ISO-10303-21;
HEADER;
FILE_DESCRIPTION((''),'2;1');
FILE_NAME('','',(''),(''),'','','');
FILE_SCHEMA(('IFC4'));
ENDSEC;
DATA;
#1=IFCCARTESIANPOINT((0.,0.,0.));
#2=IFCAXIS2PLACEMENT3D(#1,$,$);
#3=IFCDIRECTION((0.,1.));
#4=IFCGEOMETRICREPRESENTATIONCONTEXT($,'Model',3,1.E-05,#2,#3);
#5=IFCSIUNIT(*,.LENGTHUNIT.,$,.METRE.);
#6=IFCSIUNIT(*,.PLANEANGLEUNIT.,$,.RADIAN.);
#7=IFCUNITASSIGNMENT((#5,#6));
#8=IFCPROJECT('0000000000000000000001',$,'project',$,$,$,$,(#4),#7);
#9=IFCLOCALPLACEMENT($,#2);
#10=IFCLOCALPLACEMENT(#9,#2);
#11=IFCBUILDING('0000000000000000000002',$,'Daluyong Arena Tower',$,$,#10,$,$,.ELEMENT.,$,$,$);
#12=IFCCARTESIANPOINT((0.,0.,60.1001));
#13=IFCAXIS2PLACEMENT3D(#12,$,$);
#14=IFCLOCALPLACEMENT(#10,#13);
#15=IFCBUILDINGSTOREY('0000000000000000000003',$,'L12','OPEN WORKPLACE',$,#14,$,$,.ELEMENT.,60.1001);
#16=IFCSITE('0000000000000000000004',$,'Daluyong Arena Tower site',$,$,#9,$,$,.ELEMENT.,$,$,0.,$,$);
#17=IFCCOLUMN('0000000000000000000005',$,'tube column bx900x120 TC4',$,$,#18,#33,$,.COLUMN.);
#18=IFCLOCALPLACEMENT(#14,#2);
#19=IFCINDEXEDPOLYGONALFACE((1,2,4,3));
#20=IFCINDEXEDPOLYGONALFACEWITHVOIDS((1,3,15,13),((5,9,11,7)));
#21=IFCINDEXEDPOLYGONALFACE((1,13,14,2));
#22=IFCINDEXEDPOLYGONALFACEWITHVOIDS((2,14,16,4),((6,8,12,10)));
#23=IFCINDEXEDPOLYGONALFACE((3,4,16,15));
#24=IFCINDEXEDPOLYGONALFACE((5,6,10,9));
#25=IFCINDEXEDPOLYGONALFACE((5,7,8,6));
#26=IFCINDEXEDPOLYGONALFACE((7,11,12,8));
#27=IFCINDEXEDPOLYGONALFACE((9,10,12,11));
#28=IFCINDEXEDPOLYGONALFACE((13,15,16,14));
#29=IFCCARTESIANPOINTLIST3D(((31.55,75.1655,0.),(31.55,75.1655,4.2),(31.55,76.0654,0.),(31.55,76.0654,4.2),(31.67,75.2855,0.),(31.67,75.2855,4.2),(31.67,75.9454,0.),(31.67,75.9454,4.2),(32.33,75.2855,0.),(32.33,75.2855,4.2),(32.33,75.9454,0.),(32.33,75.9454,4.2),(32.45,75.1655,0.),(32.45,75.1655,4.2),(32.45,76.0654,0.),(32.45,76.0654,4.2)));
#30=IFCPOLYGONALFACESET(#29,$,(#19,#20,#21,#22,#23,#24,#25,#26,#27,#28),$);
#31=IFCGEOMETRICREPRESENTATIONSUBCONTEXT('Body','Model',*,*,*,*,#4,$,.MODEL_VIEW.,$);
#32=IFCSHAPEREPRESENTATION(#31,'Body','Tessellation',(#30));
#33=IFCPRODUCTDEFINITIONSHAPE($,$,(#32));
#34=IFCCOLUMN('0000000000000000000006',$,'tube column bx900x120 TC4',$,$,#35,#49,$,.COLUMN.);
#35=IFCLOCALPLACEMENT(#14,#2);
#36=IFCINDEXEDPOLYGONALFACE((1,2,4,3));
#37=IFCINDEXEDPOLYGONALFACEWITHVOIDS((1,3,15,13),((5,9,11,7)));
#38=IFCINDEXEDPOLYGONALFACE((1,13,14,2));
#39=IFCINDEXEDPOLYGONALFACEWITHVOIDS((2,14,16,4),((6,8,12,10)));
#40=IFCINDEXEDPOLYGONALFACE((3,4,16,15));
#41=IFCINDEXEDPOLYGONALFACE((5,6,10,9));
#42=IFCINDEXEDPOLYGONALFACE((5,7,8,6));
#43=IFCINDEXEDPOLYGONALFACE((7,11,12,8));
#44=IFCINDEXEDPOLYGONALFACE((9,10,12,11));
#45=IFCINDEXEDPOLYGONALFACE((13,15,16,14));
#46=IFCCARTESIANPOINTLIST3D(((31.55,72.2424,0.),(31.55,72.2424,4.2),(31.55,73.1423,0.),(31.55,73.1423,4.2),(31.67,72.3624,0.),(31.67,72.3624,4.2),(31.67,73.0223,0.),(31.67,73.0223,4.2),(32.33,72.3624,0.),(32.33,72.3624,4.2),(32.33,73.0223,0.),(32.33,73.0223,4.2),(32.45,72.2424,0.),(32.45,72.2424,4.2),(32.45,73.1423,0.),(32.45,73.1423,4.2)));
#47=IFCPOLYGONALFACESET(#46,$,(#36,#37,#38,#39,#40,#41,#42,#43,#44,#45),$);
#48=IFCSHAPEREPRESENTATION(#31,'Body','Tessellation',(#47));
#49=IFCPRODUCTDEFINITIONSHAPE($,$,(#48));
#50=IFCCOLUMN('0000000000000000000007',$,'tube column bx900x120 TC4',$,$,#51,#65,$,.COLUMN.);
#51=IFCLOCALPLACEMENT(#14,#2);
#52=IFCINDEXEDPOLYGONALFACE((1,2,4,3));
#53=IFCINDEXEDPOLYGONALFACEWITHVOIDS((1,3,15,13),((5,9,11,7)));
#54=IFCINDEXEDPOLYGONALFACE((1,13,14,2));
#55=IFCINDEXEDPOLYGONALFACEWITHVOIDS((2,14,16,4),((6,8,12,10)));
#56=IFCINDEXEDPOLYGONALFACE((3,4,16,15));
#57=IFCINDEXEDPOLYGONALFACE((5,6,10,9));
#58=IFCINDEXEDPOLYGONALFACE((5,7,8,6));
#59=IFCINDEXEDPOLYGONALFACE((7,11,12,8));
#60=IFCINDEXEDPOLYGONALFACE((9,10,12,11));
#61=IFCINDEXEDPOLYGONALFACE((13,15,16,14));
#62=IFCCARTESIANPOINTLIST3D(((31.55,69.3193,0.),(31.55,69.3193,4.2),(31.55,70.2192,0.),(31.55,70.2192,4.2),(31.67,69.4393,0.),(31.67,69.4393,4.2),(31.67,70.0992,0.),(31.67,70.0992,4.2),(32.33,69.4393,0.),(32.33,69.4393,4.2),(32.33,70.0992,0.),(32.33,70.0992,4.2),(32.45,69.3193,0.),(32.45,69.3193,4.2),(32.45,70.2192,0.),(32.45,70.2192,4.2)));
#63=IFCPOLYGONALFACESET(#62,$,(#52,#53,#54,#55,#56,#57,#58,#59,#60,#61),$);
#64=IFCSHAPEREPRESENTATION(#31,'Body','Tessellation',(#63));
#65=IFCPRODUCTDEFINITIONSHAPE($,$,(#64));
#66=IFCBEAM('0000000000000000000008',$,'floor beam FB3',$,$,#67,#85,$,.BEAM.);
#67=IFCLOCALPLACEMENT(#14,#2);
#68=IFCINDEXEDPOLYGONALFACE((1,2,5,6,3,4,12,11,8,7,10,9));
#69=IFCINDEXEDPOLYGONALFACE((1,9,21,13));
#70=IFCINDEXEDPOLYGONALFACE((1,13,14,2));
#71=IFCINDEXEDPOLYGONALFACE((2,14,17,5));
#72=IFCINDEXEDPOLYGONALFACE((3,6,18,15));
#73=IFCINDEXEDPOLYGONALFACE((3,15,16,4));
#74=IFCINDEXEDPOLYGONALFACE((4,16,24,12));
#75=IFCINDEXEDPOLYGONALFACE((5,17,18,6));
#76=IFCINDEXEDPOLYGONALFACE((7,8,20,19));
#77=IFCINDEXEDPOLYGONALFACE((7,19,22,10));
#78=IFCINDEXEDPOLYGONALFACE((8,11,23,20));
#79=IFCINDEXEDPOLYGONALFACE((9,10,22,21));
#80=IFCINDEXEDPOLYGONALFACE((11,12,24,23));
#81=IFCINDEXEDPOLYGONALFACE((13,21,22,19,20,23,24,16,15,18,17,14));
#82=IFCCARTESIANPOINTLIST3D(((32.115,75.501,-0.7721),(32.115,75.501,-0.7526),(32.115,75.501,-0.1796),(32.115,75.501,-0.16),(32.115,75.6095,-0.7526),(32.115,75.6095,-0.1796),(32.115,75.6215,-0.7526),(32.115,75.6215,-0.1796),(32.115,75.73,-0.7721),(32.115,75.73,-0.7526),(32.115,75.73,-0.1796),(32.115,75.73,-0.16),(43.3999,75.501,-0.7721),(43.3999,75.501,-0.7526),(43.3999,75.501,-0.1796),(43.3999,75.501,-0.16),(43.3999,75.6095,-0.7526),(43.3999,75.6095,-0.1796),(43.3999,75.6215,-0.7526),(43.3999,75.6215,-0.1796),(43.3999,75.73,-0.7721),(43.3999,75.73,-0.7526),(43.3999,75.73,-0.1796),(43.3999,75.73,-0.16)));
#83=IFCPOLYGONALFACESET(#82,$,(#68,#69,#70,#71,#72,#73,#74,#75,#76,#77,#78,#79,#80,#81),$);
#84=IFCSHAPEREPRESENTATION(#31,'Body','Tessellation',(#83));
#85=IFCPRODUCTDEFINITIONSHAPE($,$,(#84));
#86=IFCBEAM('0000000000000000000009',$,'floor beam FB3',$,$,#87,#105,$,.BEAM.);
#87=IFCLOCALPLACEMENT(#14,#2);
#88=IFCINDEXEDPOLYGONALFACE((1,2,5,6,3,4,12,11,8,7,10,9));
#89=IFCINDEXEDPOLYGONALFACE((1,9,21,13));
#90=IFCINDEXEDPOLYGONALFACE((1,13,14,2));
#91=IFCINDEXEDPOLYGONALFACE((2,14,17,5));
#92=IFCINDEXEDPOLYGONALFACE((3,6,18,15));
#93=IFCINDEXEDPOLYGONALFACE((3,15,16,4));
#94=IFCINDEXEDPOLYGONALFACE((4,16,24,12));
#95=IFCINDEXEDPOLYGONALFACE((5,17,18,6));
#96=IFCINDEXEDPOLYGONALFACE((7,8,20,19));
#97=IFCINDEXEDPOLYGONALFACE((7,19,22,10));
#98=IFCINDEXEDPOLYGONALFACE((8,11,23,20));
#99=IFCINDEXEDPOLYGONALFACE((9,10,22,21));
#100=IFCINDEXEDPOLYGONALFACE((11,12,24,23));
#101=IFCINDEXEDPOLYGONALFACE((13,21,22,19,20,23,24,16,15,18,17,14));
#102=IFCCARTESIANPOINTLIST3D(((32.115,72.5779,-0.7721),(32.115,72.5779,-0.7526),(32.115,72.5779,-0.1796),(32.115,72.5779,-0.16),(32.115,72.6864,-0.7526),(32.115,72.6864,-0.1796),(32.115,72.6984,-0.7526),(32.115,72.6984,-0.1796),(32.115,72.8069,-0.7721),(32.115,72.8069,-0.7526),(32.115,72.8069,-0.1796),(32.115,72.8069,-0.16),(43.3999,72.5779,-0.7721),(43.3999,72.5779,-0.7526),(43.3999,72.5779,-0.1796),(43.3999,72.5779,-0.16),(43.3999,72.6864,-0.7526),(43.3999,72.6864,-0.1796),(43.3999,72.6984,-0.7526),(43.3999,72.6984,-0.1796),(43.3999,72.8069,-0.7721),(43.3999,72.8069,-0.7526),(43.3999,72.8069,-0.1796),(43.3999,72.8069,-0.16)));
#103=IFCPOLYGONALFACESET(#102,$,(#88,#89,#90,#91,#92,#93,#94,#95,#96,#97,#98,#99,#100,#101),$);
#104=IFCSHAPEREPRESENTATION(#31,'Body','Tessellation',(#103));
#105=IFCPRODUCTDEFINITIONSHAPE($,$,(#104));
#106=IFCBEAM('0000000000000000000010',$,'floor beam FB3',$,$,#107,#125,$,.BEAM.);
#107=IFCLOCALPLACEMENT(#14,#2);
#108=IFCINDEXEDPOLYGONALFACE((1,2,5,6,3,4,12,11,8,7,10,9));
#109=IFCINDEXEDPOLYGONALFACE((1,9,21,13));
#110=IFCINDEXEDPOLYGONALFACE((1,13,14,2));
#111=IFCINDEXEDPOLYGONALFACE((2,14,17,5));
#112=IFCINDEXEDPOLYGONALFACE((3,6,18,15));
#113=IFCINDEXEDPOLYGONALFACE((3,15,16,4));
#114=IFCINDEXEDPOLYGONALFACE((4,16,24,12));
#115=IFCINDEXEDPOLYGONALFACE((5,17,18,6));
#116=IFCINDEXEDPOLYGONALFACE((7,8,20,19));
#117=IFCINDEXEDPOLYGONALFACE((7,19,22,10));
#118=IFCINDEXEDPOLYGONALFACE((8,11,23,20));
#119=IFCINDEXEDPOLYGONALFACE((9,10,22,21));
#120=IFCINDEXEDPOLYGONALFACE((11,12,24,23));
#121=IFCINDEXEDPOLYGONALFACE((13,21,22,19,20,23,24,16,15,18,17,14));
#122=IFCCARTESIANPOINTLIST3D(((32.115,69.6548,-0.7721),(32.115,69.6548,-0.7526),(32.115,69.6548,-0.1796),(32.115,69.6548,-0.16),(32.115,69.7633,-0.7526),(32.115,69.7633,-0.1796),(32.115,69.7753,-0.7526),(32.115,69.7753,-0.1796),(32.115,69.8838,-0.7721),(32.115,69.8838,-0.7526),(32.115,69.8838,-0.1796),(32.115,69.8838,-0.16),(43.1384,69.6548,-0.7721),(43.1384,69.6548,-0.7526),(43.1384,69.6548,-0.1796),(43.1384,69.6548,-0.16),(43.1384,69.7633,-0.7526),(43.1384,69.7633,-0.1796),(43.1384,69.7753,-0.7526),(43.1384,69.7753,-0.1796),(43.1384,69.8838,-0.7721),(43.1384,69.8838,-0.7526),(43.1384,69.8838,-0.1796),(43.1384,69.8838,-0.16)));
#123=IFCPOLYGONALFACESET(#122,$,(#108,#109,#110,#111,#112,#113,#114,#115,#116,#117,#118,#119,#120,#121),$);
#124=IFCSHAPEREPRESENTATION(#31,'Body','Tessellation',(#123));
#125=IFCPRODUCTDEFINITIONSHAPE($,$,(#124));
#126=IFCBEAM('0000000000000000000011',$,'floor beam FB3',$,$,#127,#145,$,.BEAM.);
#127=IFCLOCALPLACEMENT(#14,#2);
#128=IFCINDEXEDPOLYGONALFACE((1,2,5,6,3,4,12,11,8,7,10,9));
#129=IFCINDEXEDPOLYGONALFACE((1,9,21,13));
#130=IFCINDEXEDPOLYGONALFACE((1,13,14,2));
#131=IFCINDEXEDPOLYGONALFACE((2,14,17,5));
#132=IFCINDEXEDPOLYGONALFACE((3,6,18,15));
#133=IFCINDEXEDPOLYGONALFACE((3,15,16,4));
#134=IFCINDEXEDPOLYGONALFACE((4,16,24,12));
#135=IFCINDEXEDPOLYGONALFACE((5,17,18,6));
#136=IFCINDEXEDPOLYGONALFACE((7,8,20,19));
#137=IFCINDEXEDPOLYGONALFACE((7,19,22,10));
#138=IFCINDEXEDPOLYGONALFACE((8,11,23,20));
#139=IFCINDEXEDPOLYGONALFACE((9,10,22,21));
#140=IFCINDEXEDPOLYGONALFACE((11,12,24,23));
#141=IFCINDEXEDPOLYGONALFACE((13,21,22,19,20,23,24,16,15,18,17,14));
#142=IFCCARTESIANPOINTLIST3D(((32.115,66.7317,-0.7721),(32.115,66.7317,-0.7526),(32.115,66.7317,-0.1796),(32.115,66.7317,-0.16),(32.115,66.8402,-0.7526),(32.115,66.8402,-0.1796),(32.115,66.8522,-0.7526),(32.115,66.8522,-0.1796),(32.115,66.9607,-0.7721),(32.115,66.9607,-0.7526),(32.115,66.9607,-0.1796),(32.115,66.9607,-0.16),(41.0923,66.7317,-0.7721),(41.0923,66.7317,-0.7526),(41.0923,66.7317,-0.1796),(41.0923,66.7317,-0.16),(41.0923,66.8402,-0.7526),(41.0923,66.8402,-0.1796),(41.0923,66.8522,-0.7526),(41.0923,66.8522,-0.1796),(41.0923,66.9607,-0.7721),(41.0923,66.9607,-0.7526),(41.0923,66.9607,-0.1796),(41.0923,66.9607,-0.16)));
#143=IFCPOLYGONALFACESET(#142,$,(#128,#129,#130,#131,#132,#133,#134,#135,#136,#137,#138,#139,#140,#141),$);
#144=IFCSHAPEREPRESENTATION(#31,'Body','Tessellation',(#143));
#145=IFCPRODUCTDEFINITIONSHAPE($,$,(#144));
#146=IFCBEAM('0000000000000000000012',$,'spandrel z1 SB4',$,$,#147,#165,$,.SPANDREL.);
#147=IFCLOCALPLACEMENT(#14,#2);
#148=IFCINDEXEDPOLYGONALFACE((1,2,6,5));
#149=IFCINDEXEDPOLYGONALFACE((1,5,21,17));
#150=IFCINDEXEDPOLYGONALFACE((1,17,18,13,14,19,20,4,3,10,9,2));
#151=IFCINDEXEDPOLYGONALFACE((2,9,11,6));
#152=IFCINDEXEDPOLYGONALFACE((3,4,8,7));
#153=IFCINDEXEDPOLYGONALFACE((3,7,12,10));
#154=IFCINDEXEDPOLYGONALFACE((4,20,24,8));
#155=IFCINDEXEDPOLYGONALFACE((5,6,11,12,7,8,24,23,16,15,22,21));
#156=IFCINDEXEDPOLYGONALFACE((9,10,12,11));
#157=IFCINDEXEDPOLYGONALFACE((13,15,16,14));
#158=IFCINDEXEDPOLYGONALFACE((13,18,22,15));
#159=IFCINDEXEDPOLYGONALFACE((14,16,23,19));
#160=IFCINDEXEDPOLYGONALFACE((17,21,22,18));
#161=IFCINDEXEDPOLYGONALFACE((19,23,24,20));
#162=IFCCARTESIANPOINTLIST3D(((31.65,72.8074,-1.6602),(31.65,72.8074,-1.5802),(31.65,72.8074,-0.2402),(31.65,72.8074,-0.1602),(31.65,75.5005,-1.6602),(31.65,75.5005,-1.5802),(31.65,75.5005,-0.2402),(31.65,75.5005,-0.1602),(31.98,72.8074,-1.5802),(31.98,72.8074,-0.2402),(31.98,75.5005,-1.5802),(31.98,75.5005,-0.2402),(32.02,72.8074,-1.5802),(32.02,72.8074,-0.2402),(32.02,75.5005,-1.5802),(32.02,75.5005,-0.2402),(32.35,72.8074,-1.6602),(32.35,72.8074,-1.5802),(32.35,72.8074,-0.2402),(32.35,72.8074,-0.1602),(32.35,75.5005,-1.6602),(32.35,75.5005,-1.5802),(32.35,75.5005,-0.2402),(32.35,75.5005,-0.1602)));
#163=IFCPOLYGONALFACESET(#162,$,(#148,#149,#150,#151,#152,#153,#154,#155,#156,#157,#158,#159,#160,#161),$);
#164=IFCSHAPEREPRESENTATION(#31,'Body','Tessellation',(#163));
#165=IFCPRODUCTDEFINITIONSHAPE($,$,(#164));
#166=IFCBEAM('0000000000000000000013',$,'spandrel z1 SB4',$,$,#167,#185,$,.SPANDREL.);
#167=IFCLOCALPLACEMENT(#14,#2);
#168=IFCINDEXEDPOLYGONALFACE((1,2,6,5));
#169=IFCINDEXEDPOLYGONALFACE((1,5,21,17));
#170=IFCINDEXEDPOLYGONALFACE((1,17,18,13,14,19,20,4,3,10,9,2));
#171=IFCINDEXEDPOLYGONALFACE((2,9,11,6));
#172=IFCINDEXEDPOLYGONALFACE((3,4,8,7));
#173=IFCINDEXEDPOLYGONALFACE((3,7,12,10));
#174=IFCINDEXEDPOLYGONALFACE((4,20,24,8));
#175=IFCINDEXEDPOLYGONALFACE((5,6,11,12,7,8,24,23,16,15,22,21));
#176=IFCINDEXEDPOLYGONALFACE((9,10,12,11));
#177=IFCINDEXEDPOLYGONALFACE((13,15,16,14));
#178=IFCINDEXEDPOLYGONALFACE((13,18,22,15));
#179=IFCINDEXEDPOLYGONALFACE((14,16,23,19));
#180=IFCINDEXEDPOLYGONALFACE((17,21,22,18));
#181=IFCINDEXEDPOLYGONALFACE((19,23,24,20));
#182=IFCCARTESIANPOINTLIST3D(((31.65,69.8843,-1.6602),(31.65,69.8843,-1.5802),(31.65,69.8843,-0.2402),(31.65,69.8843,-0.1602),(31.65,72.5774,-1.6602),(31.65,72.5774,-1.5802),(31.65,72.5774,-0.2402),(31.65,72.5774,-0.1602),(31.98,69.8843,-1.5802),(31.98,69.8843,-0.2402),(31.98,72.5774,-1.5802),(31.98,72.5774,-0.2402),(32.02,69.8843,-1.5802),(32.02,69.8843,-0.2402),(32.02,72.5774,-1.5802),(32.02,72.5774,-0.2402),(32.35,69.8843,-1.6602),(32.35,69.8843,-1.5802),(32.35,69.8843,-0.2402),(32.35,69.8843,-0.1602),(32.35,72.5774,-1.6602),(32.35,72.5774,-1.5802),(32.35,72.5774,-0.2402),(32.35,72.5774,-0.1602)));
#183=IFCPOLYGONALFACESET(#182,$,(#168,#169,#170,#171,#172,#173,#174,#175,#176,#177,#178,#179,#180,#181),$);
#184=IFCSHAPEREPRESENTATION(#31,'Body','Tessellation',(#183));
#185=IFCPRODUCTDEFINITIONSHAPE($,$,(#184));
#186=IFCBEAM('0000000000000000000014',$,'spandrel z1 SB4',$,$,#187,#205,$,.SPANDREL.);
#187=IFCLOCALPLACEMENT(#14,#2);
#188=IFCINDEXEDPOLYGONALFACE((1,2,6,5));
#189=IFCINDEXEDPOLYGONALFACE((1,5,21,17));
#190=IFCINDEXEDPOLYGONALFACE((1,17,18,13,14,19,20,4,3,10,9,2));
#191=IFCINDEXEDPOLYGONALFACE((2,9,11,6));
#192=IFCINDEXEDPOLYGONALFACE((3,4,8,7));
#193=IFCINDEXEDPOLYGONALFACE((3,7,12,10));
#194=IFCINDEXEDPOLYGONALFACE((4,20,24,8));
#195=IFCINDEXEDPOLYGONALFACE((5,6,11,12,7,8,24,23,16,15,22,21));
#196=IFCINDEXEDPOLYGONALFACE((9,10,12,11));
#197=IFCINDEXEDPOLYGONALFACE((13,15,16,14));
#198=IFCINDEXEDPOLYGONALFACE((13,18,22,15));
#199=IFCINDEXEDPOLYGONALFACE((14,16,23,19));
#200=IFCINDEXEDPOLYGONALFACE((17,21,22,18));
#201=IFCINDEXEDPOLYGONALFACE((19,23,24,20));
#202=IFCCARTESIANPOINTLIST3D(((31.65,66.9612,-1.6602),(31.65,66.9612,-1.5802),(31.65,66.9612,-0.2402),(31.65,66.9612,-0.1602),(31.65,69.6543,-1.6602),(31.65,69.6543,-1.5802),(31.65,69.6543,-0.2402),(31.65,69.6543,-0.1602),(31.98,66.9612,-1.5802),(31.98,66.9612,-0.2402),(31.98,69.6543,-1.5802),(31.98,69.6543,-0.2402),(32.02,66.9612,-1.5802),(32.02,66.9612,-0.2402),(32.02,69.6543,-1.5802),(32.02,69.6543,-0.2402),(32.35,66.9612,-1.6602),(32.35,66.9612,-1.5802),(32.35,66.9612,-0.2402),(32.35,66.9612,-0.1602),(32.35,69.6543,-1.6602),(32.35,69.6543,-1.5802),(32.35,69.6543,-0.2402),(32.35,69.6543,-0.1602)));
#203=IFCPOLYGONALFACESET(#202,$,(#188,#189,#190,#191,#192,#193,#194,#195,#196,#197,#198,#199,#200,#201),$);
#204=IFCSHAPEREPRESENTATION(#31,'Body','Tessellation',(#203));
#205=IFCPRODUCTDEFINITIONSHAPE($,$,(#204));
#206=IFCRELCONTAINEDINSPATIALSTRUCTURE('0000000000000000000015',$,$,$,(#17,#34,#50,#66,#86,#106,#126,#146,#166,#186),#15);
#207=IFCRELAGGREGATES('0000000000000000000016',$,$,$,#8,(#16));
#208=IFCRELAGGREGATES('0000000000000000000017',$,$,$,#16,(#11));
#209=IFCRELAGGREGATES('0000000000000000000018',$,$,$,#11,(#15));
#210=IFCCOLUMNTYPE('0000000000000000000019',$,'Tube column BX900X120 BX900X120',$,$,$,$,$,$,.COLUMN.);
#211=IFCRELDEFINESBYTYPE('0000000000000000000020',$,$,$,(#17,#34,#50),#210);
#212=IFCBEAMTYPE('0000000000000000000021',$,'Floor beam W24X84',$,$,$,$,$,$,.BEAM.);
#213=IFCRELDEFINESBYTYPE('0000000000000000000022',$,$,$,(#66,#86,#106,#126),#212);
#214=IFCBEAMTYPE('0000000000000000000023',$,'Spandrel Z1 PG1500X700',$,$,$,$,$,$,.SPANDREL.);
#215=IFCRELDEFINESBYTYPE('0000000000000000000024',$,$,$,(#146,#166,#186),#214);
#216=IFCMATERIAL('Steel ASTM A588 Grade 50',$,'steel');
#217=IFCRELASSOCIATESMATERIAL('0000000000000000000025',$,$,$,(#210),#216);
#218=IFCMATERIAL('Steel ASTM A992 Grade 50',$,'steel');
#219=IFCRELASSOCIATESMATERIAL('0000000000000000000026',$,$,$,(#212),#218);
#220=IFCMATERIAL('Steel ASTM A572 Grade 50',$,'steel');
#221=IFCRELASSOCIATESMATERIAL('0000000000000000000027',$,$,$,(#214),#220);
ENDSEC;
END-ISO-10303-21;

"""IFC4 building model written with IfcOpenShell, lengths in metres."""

from ifc_helpers import new_model, si_unit, direction, frame, origin, origin_2d, place, context, subcontext, project, spatial, hollow_rectangle, i_section, extrude, material, material_profile, profile_set, type_object, element, save


model = new_model("IFC4")

# Units and contexts
model_context = context("Model", 3, precision=1e-05, world=origin(), true_north=direction((0.0, 1.0)))
body_context = subcontext(model_context, "Body", "Model", "MODEL_VIEW")
ifc_project = project(units=[si_unit("LENGTHUNIT", "METRE"), si_unit("PLANEANGLEUNIT", "RADIAN")], contexts=[model_context])

# Site, building, storey
site_placement = place(None, origin())
site = spatial("IfcSite", under=ifc_project, at=site_placement, Name="Daluyong Arena Tower site", CompositionType="ELEMENT", RefElevation=0.0)
building_placement = place(site_placement, origin())
building = spatial("IfcBuilding", under=site, at=building_placement, Name="Daluyong Arena Tower", CompositionType="ELEMENT")
storey_placement = place(building_placement, frame((0.0, 0.0, 60.1001)))
storey = spatial("IfcBuildingStorey", under=building, at=storey_placement, Name="L12", Description="OPEN WORKPLACE", CompositionType="ELEMENT", Elevation=60.1001)

# Columns
ifc_material_1 = material(Name="Steel ASTM A588 Grade 50", Category="steel")
ifc_material_profile_1 = material_profile(ifc_material_1, hollow_rectangle(XDim=0.8999, YDim=0.8999, WallThickness=0.12, at=origin_2d()))
ifc_profile_set_1 = profile_set([ifc_material_profile_1], Name="Steel ASTM A588 Grade 50")
column_type = type_object("IfcColumnType", Name="Tube column BX900X120 BX900X120", PredefinedType="COLUMN", material=ifc_profile_set_1)
for number, where, z_axis, x_axis, name in (
    (1, (32.0, 75.6155, 0.0), (0.0, 0.0, 1.0), (0.0, 1.0, 0.0), "tube column bx900x120 TC4"),
    (2, (32.0, 72.6924, 0.0), (0.0, 0.0, 1.0), (0.0, 1.0, 0.0), "tube column bx900x120 TC4"),
    (3, (32.0, 69.7693, 0.0), (0.0, 0.0, 1.0), (0.0, 1.0, 0.0), "tube column bx900x120 TC4"),
):
    element("IfcColumn", number, at=place(storey_placement, frame(where, z_axis=z_axis, x_axis=x_axis)), inside=storey, type_object=column_type, Name=name, PredefinedType="COLUMN", context=body_context, shape_type="SweptSolid", body=[
        extrude(hollow_rectangle(XDim=0.8999, YDim=0.8999, WallThickness=0.12, at=origin_2d()), origin(), (0.0, 0.0, 1.0), 4.2),
    ])

# Beams
ifc_material_2 = material(Name="Steel ASTM A992 Grade 50", Category="steel")
ifc_material_profile_2 = material_profile(ifc_material_2, i_section(OverallWidth=0.229, OverallDepth=0.6121, WebThickness=0.012, FlangeThickness=0.0195, at=origin_2d()))
ifc_profile_set_2 = profile_set([ifc_material_profile_2], Name="Steel ASTM A992 Grade 50")
beam_type_1 = type_object("IfcBeamType", Name="Floor beam W24X84", PredefinedType="BEAM", material=ifc_profile_set_2)
for number, where, z_axis, x_axis, name in (
    (4, (32.115, 75.6155, -0.4661), (1.0, 0.0, 0.0), (0.0, 1.0, 0.0), "floor beam FB3"),
    (5, (32.115, 72.6924, -0.4661), (1.0, 0.0, 0.0), (0.0, 1.0, 0.0), "floor beam FB3"),
):
    element("IfcBeam", number, at=place(storey_placement, frame(where, z_axis=z_axis, x_axis=x_axis)), inside=storey, type_object=beam_type_1, Name=name, PredefinedType="BEAM", context=body_context, shape_type="SweptSolid", body=[
        extrude(i_section(OverallWidth=0.229, OverallDepth=0.6121, WebThickness=0.012, FlangeThickness=0.0195, at=origin_2d()), origin(), (0.0, 0.0, 1.0), 11.2849),
    ])
beam_1_placement = place(storey_placement, frame((32.115, 69.7693, -0.4661), z_axis=(1.0, 0.0, 0.0), x_axis=(0.0, 1.0, 0.0)))
element("IfcBeam", 6, at=beam_1_placement, inside=storey, type_object=beam_type_1, Name="floor beam FB3", PredefinedType="BEAM", context=body_context, shape_type="SweptSolid", body=[
    extrude(i_section(OverallWidth=0.229, OverallDepth=0.6121, WebThickness=0.012, FlangeThickness=0.0195, at=origin_2d()), origin(), (0.0, 0.0, 1.0), 11.0234),
])
beam_2_placement = place(storey_placement, frame((32.115, 66.8462, -0.4661), z_axis=(1.0, 0.0, 0.0), x_axis=(0.0, 1.0, 0.0)))
element("IfcBeam", 7, at=beam_2_placement, inside=storey, type_object=beam_type_1, Name="floor beam FB3", PredefinedType="BEAM", context=body_context, shape_type="SweptSolid", body=[
    extrude(i_section(OverallWidth=0.229, OverallDepth=0.6121, WebThickness=0.012, FlangeThickness=0.0195, at=origin_2d()), origin(), (0.0, 0.0, 1.0), 8.9773),
])
ifc_material_3 = material(Name="Steel ASTM A572 Grade 50", Category="steel")
ifc_material_profile_3 = material_profile(ifc_material_3, i_section(OverallWidth=0.7, OverallDepth=1.5, WebThickness=0.04, FlangeThickness=0.08, at=origin_2d()))
ifc_profile_set_3 = profile_set([ifc_material_profile_3], Name="Steel ASTM A572 Grade 50")
beam_type_2 = type_object("IfcBeamType", Name="Spandrel Z1 PG1500X700", PredefinedType="SPANDREL", material=ifc_profile_set_3)
for number, where, z_axis, x_axis, name in (
    (8, (32.0, 75.5005, -0.9102), (0.0, -1.0, 0.0), (1.0, 0.0, 0.0), "spandrel z1 SB4"),
    (9, (32.0, 72.5774, -0.9102), (0.0, -1.0, 0.0), (1.0, 0.0, 0.0), "spandrel z1 SB4"),
    (10, (32.0, 69.6543, -0.9102), (0.0, -1.0, 0.0), (1.0, 0.0, 0.0), "spandrel z1 SB4"),
):
    element("IfcBeam", number, at=place(storey_placement, frame(where, z_axis=z_axis, x_axis=x_axis)), inside=storey, type_object=beam_type_2, Name=name, PredefinedType="SPANDREL", context=body_context, shape_type="SweptSolid", body=[
        extrude(i_section(OverallWidth=0.7, OverallDepth=1.5, WebThickness=0.04, FlangeThickness=0.08, at=origin_2d()), origin(), (0.0, 0.0, 1.0), 2.6931),
    ])

save(model, "model.ifc")
